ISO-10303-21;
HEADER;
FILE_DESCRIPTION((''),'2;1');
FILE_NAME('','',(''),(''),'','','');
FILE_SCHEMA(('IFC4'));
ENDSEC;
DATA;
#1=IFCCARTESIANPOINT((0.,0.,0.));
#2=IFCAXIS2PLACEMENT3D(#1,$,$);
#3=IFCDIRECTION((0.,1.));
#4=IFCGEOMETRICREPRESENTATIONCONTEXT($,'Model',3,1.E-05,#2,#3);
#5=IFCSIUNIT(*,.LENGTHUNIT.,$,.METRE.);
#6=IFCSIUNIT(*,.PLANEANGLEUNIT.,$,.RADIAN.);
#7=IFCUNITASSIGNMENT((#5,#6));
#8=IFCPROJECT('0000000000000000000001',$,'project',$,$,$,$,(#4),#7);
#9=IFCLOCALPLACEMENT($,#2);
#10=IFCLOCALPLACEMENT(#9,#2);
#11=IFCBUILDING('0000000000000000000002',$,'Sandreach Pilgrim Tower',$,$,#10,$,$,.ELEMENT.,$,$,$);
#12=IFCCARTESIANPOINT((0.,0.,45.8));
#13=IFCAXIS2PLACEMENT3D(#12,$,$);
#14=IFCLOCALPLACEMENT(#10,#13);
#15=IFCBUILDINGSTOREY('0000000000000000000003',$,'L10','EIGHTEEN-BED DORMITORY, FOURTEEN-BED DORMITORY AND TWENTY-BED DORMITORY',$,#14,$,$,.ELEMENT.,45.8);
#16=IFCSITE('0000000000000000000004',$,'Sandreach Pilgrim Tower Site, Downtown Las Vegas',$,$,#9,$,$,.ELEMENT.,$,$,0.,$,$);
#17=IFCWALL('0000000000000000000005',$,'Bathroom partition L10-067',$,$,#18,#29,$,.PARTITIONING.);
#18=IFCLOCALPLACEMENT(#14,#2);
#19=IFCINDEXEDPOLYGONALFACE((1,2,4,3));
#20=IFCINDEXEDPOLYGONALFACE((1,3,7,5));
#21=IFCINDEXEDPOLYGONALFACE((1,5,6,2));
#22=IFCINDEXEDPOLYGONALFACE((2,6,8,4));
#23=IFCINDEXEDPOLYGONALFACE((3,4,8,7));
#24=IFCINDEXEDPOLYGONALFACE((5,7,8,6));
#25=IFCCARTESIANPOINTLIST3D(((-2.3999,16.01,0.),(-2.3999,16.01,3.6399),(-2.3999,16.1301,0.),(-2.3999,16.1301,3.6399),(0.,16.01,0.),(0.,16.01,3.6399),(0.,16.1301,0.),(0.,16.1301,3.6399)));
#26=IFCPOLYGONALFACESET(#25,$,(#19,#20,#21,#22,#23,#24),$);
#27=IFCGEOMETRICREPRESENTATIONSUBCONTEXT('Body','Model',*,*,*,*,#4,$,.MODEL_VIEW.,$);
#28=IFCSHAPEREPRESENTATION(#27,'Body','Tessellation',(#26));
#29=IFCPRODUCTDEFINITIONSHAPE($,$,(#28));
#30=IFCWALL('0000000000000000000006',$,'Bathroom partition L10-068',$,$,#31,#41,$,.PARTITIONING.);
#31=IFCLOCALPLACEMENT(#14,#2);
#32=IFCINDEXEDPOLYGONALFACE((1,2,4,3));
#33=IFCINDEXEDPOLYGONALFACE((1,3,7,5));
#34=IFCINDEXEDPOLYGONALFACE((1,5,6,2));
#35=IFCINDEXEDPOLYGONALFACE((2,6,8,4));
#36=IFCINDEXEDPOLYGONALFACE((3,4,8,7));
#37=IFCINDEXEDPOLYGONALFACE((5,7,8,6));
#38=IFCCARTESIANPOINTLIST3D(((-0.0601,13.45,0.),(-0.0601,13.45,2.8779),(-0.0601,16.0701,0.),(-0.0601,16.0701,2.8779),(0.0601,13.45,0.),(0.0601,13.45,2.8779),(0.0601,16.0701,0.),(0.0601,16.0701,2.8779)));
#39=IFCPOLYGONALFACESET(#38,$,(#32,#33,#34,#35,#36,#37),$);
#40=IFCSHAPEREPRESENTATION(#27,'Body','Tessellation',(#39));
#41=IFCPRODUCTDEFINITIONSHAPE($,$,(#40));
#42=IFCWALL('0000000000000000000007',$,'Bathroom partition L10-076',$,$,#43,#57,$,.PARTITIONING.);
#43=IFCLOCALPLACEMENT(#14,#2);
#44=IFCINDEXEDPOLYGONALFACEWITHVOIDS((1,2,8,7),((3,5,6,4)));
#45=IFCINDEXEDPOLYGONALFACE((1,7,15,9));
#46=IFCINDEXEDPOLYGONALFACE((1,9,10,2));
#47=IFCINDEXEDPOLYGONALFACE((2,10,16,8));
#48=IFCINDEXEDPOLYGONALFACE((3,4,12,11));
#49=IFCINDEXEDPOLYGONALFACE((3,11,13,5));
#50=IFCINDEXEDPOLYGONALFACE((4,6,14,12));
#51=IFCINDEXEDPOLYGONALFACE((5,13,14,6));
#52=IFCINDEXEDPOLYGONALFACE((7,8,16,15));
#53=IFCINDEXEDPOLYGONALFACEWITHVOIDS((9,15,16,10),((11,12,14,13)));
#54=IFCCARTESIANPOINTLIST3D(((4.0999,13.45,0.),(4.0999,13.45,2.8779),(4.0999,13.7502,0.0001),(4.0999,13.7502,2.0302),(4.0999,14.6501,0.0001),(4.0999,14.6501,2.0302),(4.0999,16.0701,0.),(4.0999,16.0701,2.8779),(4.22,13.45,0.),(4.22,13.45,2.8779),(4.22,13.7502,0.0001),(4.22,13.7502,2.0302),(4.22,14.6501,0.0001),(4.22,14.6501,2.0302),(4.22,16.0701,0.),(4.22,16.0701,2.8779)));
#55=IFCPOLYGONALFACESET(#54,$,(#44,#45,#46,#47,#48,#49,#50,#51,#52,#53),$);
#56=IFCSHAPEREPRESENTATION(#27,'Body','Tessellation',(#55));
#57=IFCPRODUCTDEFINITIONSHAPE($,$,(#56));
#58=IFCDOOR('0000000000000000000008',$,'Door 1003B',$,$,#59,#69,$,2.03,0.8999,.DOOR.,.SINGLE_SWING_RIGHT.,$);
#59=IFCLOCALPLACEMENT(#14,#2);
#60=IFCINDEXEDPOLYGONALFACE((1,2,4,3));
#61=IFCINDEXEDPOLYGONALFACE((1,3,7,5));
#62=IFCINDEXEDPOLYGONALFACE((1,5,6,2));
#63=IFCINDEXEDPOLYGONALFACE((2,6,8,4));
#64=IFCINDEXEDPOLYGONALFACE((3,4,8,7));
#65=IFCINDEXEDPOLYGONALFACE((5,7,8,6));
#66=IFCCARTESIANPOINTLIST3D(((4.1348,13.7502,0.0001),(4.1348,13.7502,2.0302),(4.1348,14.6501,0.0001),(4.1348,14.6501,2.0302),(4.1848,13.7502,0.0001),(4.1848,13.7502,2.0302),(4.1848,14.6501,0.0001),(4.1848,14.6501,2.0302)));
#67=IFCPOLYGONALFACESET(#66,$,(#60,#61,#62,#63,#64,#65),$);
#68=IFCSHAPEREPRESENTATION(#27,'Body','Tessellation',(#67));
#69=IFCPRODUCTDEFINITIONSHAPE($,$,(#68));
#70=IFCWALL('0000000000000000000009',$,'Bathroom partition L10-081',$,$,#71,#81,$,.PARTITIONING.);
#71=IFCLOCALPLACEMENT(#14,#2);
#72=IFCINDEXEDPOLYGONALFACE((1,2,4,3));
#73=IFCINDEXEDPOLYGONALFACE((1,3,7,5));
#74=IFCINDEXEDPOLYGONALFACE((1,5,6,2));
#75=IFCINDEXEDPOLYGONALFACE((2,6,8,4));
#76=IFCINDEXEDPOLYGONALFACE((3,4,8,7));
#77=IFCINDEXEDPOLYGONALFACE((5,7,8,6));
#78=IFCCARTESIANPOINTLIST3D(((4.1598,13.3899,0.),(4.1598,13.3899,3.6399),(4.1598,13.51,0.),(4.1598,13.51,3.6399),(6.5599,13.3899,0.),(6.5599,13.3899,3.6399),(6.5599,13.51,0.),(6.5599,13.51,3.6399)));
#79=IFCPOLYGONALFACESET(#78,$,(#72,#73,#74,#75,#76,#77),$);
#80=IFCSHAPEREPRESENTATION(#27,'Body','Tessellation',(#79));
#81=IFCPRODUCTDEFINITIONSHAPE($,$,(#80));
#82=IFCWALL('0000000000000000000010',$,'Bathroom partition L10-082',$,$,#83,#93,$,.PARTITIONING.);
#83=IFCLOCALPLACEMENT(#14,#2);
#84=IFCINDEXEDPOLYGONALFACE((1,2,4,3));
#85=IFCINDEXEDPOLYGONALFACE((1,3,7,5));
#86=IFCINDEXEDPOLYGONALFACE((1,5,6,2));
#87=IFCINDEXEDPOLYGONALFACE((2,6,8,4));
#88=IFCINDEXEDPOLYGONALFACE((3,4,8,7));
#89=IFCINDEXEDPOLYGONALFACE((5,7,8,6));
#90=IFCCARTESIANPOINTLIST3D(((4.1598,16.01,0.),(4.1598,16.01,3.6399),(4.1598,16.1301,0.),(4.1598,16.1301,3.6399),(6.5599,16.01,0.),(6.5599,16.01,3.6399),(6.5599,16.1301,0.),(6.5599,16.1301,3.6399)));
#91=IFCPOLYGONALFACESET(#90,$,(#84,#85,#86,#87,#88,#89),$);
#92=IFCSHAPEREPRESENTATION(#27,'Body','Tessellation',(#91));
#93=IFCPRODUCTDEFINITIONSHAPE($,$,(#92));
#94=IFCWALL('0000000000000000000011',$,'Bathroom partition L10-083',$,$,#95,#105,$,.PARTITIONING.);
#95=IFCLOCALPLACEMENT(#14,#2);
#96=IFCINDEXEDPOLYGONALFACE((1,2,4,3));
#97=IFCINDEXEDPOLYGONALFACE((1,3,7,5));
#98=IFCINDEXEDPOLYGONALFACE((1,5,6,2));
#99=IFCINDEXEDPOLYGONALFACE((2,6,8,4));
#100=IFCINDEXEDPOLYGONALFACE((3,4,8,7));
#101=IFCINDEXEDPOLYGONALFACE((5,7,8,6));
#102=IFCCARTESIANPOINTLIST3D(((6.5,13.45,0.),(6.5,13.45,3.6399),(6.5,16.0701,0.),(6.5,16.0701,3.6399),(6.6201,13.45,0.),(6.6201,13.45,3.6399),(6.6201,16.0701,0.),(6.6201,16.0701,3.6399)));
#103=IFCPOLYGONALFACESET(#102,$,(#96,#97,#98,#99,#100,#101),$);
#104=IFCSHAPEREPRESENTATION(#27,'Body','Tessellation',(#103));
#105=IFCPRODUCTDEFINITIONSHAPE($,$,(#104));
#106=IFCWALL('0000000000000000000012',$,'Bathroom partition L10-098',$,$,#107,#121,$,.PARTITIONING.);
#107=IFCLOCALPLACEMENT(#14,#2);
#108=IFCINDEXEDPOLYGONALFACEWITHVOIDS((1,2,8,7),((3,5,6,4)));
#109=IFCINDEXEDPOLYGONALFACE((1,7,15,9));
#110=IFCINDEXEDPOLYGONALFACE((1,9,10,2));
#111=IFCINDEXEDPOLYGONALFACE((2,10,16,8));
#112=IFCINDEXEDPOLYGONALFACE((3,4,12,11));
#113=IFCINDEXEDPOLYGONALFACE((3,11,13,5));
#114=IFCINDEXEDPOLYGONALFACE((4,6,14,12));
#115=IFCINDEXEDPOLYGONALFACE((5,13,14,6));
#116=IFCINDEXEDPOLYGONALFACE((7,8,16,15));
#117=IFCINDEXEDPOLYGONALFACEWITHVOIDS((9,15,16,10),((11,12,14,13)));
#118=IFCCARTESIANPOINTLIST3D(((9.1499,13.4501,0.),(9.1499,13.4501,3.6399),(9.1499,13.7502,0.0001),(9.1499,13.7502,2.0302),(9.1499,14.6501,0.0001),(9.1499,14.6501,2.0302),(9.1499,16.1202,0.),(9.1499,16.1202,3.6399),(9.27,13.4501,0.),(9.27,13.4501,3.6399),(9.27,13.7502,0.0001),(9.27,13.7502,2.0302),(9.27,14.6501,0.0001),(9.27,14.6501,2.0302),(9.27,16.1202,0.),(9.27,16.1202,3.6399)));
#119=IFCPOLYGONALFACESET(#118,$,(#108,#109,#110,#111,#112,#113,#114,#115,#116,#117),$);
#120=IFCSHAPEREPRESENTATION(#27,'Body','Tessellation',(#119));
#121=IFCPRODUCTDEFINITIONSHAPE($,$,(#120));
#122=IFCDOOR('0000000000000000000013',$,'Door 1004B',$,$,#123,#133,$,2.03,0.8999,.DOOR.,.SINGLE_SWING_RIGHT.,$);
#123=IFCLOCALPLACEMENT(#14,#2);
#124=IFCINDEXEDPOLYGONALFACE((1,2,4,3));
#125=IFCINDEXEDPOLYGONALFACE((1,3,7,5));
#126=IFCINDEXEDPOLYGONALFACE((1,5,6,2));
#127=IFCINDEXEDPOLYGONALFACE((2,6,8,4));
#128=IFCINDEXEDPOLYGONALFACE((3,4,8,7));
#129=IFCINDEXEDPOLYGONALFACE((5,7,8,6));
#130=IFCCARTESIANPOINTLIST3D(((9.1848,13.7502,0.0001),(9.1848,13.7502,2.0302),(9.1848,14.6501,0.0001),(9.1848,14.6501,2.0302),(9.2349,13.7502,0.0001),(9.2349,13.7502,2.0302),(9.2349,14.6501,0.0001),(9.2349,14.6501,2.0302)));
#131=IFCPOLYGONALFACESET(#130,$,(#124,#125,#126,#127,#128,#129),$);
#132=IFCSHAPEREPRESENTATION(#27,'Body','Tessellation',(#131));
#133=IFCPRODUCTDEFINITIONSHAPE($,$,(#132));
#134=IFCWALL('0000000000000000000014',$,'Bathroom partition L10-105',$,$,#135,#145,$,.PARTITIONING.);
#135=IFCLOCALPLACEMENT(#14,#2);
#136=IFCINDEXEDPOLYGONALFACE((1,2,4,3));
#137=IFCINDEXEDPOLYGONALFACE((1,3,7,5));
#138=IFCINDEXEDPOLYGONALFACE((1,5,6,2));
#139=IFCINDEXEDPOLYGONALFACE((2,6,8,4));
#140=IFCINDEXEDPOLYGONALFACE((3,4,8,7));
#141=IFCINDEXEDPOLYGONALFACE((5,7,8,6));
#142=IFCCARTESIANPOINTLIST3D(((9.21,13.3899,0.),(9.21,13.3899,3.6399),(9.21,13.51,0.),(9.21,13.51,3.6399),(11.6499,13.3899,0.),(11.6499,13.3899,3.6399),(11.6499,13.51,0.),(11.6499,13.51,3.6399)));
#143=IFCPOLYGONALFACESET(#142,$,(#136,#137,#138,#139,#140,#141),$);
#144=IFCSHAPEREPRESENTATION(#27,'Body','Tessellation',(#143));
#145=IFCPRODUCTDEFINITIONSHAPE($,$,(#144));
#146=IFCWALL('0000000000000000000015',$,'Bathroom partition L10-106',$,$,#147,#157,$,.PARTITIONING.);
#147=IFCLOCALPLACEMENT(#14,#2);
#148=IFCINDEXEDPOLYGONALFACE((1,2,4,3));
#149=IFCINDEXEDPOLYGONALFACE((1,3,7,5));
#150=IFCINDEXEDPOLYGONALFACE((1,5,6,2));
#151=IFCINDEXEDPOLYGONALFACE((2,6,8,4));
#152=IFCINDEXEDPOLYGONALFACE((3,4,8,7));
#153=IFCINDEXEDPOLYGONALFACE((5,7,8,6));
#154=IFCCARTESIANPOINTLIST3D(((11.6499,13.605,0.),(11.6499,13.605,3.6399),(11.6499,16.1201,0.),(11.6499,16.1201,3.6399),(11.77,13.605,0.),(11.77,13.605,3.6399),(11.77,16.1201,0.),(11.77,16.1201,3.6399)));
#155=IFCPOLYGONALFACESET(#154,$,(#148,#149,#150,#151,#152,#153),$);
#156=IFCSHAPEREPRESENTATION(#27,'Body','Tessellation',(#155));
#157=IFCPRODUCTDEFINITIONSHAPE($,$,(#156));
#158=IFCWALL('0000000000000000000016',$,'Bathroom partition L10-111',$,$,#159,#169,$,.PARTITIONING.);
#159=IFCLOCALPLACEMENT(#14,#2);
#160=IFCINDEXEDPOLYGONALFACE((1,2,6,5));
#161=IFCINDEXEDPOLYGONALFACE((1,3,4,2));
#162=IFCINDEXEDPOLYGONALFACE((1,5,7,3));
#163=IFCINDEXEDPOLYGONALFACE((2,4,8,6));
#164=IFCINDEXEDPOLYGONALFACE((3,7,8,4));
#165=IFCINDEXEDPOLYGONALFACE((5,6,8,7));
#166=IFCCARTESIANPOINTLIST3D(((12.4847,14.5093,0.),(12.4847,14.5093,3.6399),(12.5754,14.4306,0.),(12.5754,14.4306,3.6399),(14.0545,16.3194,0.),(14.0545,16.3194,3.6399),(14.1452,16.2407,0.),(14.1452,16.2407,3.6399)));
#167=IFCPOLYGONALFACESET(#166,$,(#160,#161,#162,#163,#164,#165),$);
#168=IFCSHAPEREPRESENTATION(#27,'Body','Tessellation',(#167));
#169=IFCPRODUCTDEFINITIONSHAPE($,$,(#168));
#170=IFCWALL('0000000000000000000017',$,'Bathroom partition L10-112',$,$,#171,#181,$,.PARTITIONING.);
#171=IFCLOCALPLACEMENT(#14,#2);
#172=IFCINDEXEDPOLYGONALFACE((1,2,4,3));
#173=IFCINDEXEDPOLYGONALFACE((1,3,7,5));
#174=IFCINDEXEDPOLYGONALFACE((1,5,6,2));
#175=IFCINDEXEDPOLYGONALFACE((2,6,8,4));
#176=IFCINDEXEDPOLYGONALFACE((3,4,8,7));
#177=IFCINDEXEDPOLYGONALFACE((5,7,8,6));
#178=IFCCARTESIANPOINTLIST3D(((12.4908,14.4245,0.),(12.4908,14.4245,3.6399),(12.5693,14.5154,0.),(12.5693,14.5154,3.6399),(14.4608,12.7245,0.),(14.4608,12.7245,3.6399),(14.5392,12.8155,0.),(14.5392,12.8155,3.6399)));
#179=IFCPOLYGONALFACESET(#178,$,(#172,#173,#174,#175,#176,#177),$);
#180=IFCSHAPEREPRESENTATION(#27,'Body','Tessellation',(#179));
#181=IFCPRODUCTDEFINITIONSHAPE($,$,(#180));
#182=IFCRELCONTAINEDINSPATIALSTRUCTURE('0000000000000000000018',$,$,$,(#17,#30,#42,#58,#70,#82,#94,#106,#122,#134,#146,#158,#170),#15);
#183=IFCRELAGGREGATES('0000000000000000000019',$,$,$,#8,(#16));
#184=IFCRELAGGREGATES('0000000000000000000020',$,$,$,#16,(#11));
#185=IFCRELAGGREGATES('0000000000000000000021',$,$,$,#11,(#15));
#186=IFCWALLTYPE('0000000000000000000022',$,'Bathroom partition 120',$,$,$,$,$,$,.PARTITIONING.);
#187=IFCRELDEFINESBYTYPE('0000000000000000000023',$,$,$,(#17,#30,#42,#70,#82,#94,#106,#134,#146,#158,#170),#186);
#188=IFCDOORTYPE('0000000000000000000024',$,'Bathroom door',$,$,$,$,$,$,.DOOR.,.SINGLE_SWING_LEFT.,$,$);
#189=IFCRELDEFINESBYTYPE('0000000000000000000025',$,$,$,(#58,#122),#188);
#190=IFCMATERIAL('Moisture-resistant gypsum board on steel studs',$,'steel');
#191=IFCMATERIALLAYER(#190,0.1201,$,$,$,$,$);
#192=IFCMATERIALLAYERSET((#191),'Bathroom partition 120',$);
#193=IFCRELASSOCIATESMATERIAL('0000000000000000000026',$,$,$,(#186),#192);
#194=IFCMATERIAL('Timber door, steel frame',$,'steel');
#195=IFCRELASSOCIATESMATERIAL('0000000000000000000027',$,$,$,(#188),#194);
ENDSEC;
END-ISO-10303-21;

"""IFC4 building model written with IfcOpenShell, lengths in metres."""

from ifc_helpers import new_model, si_unit, direction, frame, frame_2d, origin, place, context, subcontext, project, spatial, rectangle, extrude, material, layer, layer_set, type_object, element, fill, save


model = new_model("IFC4")

# Units and contexts
model_context = context("Model", 3, precision=1e-05, world=origin(), true_north=direction((0.0, 1.0)))
body_context = subcontext(model_context, "Body", "Model", "MODEL_VIEW")
ifc_project = project(units=[si_unit("LENGTHUNIT", "METRE"), si_unit("PLANEANGLEUNIT", "RADIAN")], contexts=[model_context])

# Site, building, storey
site_placement = place(None, origin())
site = spatial("IfcSite", under=ifc_project, at=site_placement, Name="Sandreach Pilgrim Tower Site, Downtown Las Vegas", CompositionType="ELEMENT", RefElevation=0.0)
building_placement = place(site_placement, origin())
building = spatial("IfcBuilding", under=site, at=building_placement, Name="Sandreach Pilgrim Tower", CompositionType="ELEMENT")
storey_placement = place(building_placement, frame((0.0, 0.0, 45.8)))
storey = spatial("IfcBuildingStorey", under=building, at=storey_placement, Name="L10", Description="EIGHTEEN-BED DORMITORY, FOURTEEN-BED DORMITORY AND TWENTY-BED DORMITORY", CompositionType="ELEMENT", Elevation=45.8)

# Walls
ifc_material_1 = material(Name="Moisture-resistant gypsum board on steel studs", Category="steel")
ifc_layer_1 = layer(ifc_material_1, 0.1201)
ifc_layer_set_1 = layer_set([ifc_layer_1], Name="Bathroom partition 120")
wall_type_1 = type_object("IfcWallType", Name="Bathroom partition 120", PredefinedType="PARTITIONING", material=ifc_layer_set_1)
wall_1_placement = place(storey_placement, frame((0.0, 16.0701, 0.0), z_axis=(0.0, 0.0, 1.0), x_axis=(-1.0, 0.0, 0.0)))
element("IfcWall", 1, at=wall_1_placement, inside=storey, type_object=wall_type_1, Name="Bathroom partition L10-067", PredefinedType="PARTITIONING", context=body_context, shape_type="SweptSolid", body=[
    extrude(rectangle(XDim=2.3999, YDim=0.1201, at=frame_2d((1.2, 0.0))), origin(), (0.0, 0.0, 1.0), 3.6399),
])
wall_2_placement = place(storey_placement, frame((0.0, 16.0701, 0.0), z_axis=(0.0, 0.0, 1.0), x_axis=(0.0, -1.0, 0.0)))
element("IfcWall", 2, at=wall_2_placement, inside=storey, type_object=wall_type_1, Name="Bathroom partition L10-068", PredefinedType="PARTITIONING", context=body_context, shape_type="SweptSolid", body=[
    extrude(rectangle(XDim=2.6201, YDim=0.1201, at=frame_2d((1.3101, 0.0))), origin(), (0.0, 0.0, 1.0), 2.8779),
])

# Wall, opening, door
wall_3_placement = place(storey_placement, frame((4.1599, 16.0701, 0.0), z_axis=(0.0, 0.0, 1.0), x_axis=(0.0, -1.0, 0.0)))
wall_3 = element("IfcWall", 3, at=wall_3_placement, inside=storey, type_object=wall_type_1, Name="Bathroom partition L10-076", PredefinedType="PARTITIONING", context=body_context, shape_type="SweptSolid", body=[
    extrude(rectangle(XDim=2.6201, YDim=0.1201, at=frame_2d((1.3101, 0.0))), origin(), (0.0, 0.0, 1.0), 2.8779),
])
opening_1_placement = place(wall_3_placement, frame((1.4199, 0.0, 0.0)))
opening_1 = element("IfcOpeningElement", 4, at=opening_1_placement, cuts=wall_3, PredefinedType="OPENING", context=body_context, shape_type="SweptSolid", body=[
    extrude(rectangle(XDim=0.8999, YDim=2.03, at=frame_2d((0.45, 1.0151))), frame((0.0, 0.0601, 0.0), z_axis=(0.0, -1.0, 0.0), x_axis=(1.0, 0.0, 0.0)), (0.0, 0.0, 1.0), 0.1201),
])
ifc_material_2 = material(Name="Timber door, steel frame", Category="steel")
door_type_1 = type_object("IfcDoorType", Name="Bathroom door", OperationType="SINGLE_SWING_LEFT", PredefinedType="DOOR", material=ifc_material_2)
door_1_placement = place(opening_1_placement, origin())
door_1 = element("IfcDoor", 5, at=door_1_placement, inside=storey, type_object=door_type_1, Name="Door 1003B", OperationType="SINGLE_SWING_RIGHT", OverallHeight=2.03, OverallWidth=0.8999, PredefinedType="DOOR", context=body_context, shape_type="SweptSolid", body=[
    extrude(rectangle(XDim=0.8999, YDim=2.03, at=frame_2d((0.45, 1.0151))), frame((0.0, 0.0249, 0.0), z_axis=(0.0, -1.0, 0.0), x_axis=(1.0, 0.0, 0.0)), (0.0, 0.0, 1.0), 0.05),
])
fill(opening_1, door_1)

# Walls
for number, where, z_axis, x_axis, name in (
    (6, (6.5601, 13.45, 0.0), (0.0, 0.0, 1.0), (-1.0, 0.0, 0.0), "Bathroom partition L10-081"),
    (7, (6.5601, 16.0701, 0.0), (0.0, 0.0, 1.0), (-1.0, 0.0, 0.0), "Bathroom partition L10-082"),
):
    element("IfcWall", number, at=place(storey_placement, frame(where, z_axis=z_axis, x_axis=x_axis)), inside=storey, type_object=wall_type_1, Name=name, PredefinedType="PARTITIONING", context=body_context, shape_type="SweptSolid", body=[
        extrude(rectangle(XDim=2.4001, YDim=0.1201, at=frame_2d((1.2002, 0.0))), origin(), (0.0, 0.0, 1.0), 3.6399),
    ])
wall_4_placement = place(storey_placement, frame((6.5601, 16.0701, 0.0), z_axis=(0.0, 0.0, 1.0), x_axis=(0.0, -1.0, 0.0)))
element("IfcWall", 8, at=wall_4_placement, inside=storey, type_object=wall_type_1, Name="Bathroom partition L10-083", PredefinedType="PARTITIONING", context=body_context, shape_type="SweptSolid", body=[
    extrude(rectangle(XDim=2.6201, YDim=0.1201, at=frame_2d((1.3101, 0.0))), origin(), (0.0, 0.0, 1.0), 3.6399),
])

# Wall, opening, door
wall_5_placement = place(storey_placement, frame((9.21, 16.1201, 0.0), z_axis=(0.0, 0.0, 1.0), x_axis=(0.0, -1.0, 0.0)))
wall_5 = element("IfcWall", 9, at=wall_5_placement, inside=storey, type_object=wall_type_1, Name="Bathroom partition L10-098", PredefinedType="PARTITIONING", context=body_context, shape_type="SweptSolid", body=[
    extrude(rectangle(XDim=2.6702, YDim=0.1201, at=frame_2d((1.335, 0.0))), origin(), (0.0, 0.0, 1.0), 3.6399),
])
opening_2_placement = place(wall_5_placement, frame((1.47, 0.0, 0.0)))
opening_2 = element("IfcOpeningElement", 10, at=opening_2_placement, cuts=wall_5, PredefinedType="OPENING", context=body_context, shape_type="SweptSolid", body=[
    extrude(rectangle(XDim=0.8999, YDim=2.03, at=frame_2d((0.45, 1.0151))), frame((0.0, 0.0601, 0.0), z_axis=(0.0, -1.0, 0.0), x_axis=(1.0, 0.0, 0.0)), (0.0, 0.0, 1.0), 0.1201),
])
door_2_placement = place(opening_2_placement, origin())
door_2 = element("IfcDoor", 11, at=door_2_placement, inside=storey, type_object=door_type_1, Name="Door 1004B", OperationType="SINGLE_SWING_RIGHT", OverallHeight=2.03, OverallWidth=0.8999, PredefinedType="DOOR", context=body_context, shape_type="SweptSolid", body=[
    extrude(rectangle(XDim=0.8999, YDim=2.03, at=frame_2d((0.45, 1.0151))), frame((0.0, 0.0249, 0.0), z_axis=(0.0, -1.0, 0.0), x_axis=(1.0, 0.0, 0.0)), (0.0, 0.0, 1.0), 0.05),
])
fill(opening_2, door_2)

# Walls
wall_6_placement = place(storey_placement, frame((11.6499, 13.45, 0.0), z_axis=(0.0, 0.0, 1.0), x_axis=(-1.0, 0.0, 0.0)))
element("IfcWall", 12, at=wall_6_placement, inside=storey, type_object=wall_type_1, Name="Bathroom partition L10-105", PredefinedType="PARTITIONING", context=body_context, shape_type="SweptSolid", body=[
    extrude(rectangle(XDim=2.4399, YDim=0.1201, at=frame_2d((1.22, 0.0))), origin(), (0.0, 0.0, 1.0), 3.6399),
])
wall_7_placement = place(storey_placement, frame((11.71, 13.605, 0.0), z_axis=(0.0, 0.0, 1.0), x_axis=(0.0, 1.0, 0.0)))
element("IfcWall", 13, at=wall_7_placement, inside=storey, type_object=wall_type_1, Name="Bathroom partition L10-106", PredefinedType="PARTITIONING", context=body_context, shape_type="SweptSolid", body=[
    extrude(rectangle(XDim=2.5151, YDim=0.1201, at=frame_2d((1.2576, 0.0))), origin(), (0.0, 0.0, 1.0), 3.6399),
])
wall_8_placement = place(storey_placement, frame((12.53, 14.47, 0.0), z_axis=(0.0, 0.0, 1.0), x_axis=(0.655194, 0.75546, 0.0)))
element("IfcWall", 14, at=wall_8_placement, inside=storey, type_object=wall_type_1, Name="Bathroom partition L10-111", PredefinedType="PARTITIONING", context=body_context, shape_type="SweptSolid", body=[
    extrude(rectangle(XDim=2.396, YDim=0.1201, at=frame_2d((1.198, 0.0))), origin(), (0.0, 0.0, 1.0), 3.6399),
])
wall_9_placement = place(storey_placement, frame((12.53, 14.47, 0.0), z_axis=(0.0, 0.0, 1.0), x_axis=(0.757087, -0.653314, 0.0)))
element("IfcWall", 15, at=wall_9_placement, inside=storey, type_object=wall_type_1, Name="Bathroom partition L10-112", PredefinedType="PARTITIONING", context=body_context, shape_type="SweptSolid", body=[
    extrude(rectangle(XDim=2.6021, YDim=0.1201, at=frame_2d((1.301, 0.0))), origin(), (0.0, 0.0, 1.0), 3.6399),
])

save(model, "model.ifc")
